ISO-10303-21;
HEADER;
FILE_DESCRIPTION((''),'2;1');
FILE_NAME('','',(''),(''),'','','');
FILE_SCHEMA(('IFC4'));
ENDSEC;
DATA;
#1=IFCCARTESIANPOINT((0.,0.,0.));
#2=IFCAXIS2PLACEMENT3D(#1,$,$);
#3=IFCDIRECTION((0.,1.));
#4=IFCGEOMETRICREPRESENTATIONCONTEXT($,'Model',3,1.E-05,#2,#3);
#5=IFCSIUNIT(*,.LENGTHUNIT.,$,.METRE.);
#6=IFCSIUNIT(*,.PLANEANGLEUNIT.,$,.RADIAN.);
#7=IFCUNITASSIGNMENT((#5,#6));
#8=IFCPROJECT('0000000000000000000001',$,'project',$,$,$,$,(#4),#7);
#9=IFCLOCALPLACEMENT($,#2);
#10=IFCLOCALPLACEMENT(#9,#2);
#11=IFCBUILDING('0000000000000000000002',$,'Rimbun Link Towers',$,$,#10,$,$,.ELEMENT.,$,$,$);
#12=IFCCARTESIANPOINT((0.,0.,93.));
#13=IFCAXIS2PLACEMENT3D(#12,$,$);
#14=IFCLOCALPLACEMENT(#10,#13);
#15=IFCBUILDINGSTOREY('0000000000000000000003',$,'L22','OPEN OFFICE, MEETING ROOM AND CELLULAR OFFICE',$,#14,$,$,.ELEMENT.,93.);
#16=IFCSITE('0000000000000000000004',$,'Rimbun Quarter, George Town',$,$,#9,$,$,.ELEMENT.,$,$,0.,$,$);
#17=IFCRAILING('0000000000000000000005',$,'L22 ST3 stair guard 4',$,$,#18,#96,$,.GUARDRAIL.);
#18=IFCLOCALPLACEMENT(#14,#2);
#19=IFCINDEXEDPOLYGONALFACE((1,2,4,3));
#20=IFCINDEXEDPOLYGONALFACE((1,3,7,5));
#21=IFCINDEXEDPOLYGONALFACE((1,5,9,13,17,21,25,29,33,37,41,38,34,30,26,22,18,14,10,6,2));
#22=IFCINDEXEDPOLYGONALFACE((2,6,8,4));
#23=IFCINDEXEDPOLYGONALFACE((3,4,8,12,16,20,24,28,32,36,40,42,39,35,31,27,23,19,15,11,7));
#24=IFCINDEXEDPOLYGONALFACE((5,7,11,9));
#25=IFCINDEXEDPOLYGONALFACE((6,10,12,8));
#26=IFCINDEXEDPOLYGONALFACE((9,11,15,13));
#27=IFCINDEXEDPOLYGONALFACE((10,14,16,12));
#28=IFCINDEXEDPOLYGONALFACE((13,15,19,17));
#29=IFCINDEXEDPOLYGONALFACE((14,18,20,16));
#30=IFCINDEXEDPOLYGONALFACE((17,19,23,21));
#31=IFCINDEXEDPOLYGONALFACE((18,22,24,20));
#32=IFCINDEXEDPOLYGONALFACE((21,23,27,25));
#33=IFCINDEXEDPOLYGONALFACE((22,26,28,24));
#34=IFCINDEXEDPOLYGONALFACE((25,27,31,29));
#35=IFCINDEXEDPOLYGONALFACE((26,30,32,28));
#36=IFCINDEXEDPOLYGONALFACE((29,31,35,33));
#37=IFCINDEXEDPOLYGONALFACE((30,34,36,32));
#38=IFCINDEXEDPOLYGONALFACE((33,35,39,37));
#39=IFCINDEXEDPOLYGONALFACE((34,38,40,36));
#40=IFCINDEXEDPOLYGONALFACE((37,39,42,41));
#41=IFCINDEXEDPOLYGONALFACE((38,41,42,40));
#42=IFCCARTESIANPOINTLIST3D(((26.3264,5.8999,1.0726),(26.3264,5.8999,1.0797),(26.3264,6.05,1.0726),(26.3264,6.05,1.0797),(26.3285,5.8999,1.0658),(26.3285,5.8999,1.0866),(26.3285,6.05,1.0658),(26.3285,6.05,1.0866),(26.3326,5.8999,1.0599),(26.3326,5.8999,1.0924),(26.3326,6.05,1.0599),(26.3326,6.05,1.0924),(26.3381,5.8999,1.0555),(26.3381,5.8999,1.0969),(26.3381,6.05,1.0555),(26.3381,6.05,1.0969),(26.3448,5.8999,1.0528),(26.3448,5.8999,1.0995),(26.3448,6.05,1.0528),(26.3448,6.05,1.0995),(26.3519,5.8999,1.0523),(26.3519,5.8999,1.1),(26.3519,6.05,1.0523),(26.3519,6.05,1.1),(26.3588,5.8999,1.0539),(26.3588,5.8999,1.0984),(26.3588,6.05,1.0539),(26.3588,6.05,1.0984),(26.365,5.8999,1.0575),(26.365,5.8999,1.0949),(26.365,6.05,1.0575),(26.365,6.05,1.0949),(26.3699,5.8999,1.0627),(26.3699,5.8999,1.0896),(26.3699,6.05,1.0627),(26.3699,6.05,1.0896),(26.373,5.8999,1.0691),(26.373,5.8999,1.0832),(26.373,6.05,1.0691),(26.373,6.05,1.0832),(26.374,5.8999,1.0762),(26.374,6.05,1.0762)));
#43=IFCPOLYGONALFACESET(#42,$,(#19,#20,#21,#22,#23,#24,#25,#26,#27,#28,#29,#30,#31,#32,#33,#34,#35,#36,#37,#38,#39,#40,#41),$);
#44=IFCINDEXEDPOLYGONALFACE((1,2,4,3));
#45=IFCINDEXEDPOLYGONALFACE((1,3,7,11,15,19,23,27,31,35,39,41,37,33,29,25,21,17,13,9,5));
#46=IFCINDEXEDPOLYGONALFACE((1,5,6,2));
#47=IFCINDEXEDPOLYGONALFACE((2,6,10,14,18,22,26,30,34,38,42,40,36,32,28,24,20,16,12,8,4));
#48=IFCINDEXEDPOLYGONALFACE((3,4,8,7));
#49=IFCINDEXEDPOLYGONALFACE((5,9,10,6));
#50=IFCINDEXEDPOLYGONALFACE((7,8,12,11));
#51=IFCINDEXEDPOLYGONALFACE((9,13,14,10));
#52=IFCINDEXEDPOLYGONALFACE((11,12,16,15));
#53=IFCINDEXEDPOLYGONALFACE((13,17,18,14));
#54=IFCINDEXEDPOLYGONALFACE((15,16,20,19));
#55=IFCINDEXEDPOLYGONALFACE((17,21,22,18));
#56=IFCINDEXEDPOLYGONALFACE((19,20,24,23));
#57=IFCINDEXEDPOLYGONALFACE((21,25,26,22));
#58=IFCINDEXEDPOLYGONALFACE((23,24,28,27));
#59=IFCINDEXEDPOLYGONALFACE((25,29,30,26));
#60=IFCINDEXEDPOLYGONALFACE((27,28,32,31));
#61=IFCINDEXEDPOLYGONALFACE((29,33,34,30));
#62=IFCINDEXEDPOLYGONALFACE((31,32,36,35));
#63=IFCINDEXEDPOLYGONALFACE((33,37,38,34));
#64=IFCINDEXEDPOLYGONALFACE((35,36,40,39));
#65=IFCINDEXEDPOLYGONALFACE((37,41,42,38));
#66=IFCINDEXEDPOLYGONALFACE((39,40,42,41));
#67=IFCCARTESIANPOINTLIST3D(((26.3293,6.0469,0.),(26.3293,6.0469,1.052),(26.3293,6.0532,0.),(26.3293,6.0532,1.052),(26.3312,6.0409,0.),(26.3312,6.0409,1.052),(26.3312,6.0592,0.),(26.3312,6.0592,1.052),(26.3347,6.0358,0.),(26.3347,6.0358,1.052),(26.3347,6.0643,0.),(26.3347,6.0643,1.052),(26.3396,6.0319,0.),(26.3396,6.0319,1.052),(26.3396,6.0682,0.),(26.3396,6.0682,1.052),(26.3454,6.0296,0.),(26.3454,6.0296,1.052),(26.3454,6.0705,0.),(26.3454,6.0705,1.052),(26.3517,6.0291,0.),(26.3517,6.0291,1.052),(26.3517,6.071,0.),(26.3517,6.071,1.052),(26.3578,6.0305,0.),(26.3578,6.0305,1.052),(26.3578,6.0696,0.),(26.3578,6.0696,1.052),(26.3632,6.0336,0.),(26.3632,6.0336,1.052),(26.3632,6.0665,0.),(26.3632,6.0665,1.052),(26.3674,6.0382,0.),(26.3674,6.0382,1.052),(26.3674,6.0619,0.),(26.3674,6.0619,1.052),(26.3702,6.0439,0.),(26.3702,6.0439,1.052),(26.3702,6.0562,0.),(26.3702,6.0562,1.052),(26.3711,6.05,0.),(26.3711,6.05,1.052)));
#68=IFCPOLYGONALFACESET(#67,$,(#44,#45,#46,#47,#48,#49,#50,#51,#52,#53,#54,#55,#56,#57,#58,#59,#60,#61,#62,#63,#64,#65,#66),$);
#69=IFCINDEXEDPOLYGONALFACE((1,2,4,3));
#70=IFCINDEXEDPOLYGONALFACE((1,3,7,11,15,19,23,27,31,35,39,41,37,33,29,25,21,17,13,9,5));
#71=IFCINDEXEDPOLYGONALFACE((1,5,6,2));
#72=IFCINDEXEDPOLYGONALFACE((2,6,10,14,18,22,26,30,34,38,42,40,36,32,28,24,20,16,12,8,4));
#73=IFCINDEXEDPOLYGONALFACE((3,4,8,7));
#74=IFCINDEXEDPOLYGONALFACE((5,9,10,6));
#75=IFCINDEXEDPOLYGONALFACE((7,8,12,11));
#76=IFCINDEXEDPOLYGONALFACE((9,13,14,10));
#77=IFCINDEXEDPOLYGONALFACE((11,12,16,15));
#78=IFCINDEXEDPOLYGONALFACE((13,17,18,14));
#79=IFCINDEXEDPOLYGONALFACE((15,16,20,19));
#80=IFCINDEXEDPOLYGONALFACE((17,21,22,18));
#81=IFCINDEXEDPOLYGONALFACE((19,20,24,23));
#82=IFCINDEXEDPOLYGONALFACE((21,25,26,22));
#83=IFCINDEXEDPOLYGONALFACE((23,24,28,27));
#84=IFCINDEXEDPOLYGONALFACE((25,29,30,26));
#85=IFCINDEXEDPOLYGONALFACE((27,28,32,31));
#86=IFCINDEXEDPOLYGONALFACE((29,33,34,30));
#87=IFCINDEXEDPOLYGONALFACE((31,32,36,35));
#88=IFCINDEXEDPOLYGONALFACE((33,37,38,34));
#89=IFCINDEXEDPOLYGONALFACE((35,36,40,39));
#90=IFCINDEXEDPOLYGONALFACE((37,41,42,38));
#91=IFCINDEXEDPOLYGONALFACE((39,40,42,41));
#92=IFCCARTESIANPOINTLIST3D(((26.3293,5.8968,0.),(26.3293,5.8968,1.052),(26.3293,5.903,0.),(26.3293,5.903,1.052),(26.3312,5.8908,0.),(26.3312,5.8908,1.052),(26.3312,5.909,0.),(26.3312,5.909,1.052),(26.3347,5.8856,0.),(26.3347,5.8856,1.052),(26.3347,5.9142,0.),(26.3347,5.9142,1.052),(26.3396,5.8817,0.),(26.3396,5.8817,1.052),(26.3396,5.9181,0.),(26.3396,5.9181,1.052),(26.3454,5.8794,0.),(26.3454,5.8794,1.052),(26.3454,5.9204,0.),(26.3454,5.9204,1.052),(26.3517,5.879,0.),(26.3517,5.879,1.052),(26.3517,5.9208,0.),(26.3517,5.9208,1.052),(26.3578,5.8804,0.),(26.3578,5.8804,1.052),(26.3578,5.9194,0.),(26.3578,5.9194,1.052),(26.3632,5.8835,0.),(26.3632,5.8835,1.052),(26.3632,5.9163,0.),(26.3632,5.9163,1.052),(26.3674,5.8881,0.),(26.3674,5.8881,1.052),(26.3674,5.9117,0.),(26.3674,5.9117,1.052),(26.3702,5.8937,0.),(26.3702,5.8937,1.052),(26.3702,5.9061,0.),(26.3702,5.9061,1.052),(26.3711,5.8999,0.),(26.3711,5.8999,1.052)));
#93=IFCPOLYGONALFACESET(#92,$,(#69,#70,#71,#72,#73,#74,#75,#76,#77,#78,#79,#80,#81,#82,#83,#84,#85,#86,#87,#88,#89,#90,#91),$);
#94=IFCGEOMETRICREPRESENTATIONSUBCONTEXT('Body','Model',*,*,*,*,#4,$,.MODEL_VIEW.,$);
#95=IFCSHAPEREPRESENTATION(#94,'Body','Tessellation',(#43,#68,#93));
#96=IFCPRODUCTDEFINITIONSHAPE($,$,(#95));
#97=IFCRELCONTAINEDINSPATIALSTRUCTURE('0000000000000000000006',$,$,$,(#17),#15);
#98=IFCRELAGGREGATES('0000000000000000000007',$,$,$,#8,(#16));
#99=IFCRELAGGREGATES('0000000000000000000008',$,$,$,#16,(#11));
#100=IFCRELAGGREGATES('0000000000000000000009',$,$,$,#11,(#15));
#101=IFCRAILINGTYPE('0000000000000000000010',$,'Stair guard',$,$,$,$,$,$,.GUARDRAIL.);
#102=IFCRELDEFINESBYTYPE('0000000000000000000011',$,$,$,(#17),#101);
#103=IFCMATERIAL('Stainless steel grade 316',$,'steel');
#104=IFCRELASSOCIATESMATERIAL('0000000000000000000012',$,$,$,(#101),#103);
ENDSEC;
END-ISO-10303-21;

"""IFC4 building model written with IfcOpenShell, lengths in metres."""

from ifc_helpers import new_model, si_unit, direction, frame, origin, origin_2d, place, context, subcontext, project, spatial, circle, extrude, material, type_object, element, save


model = new_model("IFC4")

# Units and contexts
model_context = context("Model", 3, precision=1e-05, world=origin(), true_north=direction((0.0, 1.0)))
body_context = subcontext(model_context, "Body", "Model", "MODEL_VIEW")
ifc_project = project(units=[si_unit("LENGTHUNIT", "METRE"), si_unit("PLANEANGLEUNIT", "RADIAN")], contexts=[model_context])

# Site, building, storey
site_placement = place(None, origin())
site = spatial("IfcSite", under=ifc_project, at=site_placement, Name="Rimbun Quarter, George Town", CompositionType="ELEMENT", RefElevation=0.0)
building_placement = place(site_placement, origin())
building = spatial("IfcBuilding", under=site, at=building_placement, Name="Rimbun Link Towers", CompositionType="ELEMENT")
storey_placement = place(building_placement, frame((0.0, 0.0, 93.0)))
storey = spatial("IfcBuildingStorey", under=building, at=storey_placement, Name="L22", Description="OPEN OFFICE, MEETING ROOM AND CELLULAR OFFICE", CompositionType="ELEMENT", Elevation=93.0)

# Railing
ifc_material_1 = material(Name="Stainless steel grade 316", Category="steel")
railing_type_1 = type_object("IfcRailingType", Name="Stair guard", PredefinedType="GUARDRAIL", material=ifc_material_1)
railing_1_placement = place(storey_placement, frame((26.3501, 6.05, 0.0)))
element("IfcRailing", 1, at=railing_1_placement, inside=storey, type_object=railing_type_1, Name="L22 ST3 stair guard 4", PredefinedType="GUARDRAIL", context=body_context, shape_type="SweptSolid", body=[
    extrude(circle(Radius=0.0239, at=origin_2d()), frame((0.0, 0.0, 1.0762), z_axis=(0.0, -1.0, 0.0), x_axis=(1.0, 0.0, 0.0)), (0.0, 0.0, 1.0), 0.1501),
    extrude(circle(Radius=0.021, at=origin_2d()), origin(), (0.0, 0.0, 1.0), 1.052),
    extrude(circle(Radius=0.021, at=origin_2d()), frame((0.0, -0.1501, 0.0)), (0.0, 0.0, 1.0), 1.052),
])

save(model, "model.ifc")
